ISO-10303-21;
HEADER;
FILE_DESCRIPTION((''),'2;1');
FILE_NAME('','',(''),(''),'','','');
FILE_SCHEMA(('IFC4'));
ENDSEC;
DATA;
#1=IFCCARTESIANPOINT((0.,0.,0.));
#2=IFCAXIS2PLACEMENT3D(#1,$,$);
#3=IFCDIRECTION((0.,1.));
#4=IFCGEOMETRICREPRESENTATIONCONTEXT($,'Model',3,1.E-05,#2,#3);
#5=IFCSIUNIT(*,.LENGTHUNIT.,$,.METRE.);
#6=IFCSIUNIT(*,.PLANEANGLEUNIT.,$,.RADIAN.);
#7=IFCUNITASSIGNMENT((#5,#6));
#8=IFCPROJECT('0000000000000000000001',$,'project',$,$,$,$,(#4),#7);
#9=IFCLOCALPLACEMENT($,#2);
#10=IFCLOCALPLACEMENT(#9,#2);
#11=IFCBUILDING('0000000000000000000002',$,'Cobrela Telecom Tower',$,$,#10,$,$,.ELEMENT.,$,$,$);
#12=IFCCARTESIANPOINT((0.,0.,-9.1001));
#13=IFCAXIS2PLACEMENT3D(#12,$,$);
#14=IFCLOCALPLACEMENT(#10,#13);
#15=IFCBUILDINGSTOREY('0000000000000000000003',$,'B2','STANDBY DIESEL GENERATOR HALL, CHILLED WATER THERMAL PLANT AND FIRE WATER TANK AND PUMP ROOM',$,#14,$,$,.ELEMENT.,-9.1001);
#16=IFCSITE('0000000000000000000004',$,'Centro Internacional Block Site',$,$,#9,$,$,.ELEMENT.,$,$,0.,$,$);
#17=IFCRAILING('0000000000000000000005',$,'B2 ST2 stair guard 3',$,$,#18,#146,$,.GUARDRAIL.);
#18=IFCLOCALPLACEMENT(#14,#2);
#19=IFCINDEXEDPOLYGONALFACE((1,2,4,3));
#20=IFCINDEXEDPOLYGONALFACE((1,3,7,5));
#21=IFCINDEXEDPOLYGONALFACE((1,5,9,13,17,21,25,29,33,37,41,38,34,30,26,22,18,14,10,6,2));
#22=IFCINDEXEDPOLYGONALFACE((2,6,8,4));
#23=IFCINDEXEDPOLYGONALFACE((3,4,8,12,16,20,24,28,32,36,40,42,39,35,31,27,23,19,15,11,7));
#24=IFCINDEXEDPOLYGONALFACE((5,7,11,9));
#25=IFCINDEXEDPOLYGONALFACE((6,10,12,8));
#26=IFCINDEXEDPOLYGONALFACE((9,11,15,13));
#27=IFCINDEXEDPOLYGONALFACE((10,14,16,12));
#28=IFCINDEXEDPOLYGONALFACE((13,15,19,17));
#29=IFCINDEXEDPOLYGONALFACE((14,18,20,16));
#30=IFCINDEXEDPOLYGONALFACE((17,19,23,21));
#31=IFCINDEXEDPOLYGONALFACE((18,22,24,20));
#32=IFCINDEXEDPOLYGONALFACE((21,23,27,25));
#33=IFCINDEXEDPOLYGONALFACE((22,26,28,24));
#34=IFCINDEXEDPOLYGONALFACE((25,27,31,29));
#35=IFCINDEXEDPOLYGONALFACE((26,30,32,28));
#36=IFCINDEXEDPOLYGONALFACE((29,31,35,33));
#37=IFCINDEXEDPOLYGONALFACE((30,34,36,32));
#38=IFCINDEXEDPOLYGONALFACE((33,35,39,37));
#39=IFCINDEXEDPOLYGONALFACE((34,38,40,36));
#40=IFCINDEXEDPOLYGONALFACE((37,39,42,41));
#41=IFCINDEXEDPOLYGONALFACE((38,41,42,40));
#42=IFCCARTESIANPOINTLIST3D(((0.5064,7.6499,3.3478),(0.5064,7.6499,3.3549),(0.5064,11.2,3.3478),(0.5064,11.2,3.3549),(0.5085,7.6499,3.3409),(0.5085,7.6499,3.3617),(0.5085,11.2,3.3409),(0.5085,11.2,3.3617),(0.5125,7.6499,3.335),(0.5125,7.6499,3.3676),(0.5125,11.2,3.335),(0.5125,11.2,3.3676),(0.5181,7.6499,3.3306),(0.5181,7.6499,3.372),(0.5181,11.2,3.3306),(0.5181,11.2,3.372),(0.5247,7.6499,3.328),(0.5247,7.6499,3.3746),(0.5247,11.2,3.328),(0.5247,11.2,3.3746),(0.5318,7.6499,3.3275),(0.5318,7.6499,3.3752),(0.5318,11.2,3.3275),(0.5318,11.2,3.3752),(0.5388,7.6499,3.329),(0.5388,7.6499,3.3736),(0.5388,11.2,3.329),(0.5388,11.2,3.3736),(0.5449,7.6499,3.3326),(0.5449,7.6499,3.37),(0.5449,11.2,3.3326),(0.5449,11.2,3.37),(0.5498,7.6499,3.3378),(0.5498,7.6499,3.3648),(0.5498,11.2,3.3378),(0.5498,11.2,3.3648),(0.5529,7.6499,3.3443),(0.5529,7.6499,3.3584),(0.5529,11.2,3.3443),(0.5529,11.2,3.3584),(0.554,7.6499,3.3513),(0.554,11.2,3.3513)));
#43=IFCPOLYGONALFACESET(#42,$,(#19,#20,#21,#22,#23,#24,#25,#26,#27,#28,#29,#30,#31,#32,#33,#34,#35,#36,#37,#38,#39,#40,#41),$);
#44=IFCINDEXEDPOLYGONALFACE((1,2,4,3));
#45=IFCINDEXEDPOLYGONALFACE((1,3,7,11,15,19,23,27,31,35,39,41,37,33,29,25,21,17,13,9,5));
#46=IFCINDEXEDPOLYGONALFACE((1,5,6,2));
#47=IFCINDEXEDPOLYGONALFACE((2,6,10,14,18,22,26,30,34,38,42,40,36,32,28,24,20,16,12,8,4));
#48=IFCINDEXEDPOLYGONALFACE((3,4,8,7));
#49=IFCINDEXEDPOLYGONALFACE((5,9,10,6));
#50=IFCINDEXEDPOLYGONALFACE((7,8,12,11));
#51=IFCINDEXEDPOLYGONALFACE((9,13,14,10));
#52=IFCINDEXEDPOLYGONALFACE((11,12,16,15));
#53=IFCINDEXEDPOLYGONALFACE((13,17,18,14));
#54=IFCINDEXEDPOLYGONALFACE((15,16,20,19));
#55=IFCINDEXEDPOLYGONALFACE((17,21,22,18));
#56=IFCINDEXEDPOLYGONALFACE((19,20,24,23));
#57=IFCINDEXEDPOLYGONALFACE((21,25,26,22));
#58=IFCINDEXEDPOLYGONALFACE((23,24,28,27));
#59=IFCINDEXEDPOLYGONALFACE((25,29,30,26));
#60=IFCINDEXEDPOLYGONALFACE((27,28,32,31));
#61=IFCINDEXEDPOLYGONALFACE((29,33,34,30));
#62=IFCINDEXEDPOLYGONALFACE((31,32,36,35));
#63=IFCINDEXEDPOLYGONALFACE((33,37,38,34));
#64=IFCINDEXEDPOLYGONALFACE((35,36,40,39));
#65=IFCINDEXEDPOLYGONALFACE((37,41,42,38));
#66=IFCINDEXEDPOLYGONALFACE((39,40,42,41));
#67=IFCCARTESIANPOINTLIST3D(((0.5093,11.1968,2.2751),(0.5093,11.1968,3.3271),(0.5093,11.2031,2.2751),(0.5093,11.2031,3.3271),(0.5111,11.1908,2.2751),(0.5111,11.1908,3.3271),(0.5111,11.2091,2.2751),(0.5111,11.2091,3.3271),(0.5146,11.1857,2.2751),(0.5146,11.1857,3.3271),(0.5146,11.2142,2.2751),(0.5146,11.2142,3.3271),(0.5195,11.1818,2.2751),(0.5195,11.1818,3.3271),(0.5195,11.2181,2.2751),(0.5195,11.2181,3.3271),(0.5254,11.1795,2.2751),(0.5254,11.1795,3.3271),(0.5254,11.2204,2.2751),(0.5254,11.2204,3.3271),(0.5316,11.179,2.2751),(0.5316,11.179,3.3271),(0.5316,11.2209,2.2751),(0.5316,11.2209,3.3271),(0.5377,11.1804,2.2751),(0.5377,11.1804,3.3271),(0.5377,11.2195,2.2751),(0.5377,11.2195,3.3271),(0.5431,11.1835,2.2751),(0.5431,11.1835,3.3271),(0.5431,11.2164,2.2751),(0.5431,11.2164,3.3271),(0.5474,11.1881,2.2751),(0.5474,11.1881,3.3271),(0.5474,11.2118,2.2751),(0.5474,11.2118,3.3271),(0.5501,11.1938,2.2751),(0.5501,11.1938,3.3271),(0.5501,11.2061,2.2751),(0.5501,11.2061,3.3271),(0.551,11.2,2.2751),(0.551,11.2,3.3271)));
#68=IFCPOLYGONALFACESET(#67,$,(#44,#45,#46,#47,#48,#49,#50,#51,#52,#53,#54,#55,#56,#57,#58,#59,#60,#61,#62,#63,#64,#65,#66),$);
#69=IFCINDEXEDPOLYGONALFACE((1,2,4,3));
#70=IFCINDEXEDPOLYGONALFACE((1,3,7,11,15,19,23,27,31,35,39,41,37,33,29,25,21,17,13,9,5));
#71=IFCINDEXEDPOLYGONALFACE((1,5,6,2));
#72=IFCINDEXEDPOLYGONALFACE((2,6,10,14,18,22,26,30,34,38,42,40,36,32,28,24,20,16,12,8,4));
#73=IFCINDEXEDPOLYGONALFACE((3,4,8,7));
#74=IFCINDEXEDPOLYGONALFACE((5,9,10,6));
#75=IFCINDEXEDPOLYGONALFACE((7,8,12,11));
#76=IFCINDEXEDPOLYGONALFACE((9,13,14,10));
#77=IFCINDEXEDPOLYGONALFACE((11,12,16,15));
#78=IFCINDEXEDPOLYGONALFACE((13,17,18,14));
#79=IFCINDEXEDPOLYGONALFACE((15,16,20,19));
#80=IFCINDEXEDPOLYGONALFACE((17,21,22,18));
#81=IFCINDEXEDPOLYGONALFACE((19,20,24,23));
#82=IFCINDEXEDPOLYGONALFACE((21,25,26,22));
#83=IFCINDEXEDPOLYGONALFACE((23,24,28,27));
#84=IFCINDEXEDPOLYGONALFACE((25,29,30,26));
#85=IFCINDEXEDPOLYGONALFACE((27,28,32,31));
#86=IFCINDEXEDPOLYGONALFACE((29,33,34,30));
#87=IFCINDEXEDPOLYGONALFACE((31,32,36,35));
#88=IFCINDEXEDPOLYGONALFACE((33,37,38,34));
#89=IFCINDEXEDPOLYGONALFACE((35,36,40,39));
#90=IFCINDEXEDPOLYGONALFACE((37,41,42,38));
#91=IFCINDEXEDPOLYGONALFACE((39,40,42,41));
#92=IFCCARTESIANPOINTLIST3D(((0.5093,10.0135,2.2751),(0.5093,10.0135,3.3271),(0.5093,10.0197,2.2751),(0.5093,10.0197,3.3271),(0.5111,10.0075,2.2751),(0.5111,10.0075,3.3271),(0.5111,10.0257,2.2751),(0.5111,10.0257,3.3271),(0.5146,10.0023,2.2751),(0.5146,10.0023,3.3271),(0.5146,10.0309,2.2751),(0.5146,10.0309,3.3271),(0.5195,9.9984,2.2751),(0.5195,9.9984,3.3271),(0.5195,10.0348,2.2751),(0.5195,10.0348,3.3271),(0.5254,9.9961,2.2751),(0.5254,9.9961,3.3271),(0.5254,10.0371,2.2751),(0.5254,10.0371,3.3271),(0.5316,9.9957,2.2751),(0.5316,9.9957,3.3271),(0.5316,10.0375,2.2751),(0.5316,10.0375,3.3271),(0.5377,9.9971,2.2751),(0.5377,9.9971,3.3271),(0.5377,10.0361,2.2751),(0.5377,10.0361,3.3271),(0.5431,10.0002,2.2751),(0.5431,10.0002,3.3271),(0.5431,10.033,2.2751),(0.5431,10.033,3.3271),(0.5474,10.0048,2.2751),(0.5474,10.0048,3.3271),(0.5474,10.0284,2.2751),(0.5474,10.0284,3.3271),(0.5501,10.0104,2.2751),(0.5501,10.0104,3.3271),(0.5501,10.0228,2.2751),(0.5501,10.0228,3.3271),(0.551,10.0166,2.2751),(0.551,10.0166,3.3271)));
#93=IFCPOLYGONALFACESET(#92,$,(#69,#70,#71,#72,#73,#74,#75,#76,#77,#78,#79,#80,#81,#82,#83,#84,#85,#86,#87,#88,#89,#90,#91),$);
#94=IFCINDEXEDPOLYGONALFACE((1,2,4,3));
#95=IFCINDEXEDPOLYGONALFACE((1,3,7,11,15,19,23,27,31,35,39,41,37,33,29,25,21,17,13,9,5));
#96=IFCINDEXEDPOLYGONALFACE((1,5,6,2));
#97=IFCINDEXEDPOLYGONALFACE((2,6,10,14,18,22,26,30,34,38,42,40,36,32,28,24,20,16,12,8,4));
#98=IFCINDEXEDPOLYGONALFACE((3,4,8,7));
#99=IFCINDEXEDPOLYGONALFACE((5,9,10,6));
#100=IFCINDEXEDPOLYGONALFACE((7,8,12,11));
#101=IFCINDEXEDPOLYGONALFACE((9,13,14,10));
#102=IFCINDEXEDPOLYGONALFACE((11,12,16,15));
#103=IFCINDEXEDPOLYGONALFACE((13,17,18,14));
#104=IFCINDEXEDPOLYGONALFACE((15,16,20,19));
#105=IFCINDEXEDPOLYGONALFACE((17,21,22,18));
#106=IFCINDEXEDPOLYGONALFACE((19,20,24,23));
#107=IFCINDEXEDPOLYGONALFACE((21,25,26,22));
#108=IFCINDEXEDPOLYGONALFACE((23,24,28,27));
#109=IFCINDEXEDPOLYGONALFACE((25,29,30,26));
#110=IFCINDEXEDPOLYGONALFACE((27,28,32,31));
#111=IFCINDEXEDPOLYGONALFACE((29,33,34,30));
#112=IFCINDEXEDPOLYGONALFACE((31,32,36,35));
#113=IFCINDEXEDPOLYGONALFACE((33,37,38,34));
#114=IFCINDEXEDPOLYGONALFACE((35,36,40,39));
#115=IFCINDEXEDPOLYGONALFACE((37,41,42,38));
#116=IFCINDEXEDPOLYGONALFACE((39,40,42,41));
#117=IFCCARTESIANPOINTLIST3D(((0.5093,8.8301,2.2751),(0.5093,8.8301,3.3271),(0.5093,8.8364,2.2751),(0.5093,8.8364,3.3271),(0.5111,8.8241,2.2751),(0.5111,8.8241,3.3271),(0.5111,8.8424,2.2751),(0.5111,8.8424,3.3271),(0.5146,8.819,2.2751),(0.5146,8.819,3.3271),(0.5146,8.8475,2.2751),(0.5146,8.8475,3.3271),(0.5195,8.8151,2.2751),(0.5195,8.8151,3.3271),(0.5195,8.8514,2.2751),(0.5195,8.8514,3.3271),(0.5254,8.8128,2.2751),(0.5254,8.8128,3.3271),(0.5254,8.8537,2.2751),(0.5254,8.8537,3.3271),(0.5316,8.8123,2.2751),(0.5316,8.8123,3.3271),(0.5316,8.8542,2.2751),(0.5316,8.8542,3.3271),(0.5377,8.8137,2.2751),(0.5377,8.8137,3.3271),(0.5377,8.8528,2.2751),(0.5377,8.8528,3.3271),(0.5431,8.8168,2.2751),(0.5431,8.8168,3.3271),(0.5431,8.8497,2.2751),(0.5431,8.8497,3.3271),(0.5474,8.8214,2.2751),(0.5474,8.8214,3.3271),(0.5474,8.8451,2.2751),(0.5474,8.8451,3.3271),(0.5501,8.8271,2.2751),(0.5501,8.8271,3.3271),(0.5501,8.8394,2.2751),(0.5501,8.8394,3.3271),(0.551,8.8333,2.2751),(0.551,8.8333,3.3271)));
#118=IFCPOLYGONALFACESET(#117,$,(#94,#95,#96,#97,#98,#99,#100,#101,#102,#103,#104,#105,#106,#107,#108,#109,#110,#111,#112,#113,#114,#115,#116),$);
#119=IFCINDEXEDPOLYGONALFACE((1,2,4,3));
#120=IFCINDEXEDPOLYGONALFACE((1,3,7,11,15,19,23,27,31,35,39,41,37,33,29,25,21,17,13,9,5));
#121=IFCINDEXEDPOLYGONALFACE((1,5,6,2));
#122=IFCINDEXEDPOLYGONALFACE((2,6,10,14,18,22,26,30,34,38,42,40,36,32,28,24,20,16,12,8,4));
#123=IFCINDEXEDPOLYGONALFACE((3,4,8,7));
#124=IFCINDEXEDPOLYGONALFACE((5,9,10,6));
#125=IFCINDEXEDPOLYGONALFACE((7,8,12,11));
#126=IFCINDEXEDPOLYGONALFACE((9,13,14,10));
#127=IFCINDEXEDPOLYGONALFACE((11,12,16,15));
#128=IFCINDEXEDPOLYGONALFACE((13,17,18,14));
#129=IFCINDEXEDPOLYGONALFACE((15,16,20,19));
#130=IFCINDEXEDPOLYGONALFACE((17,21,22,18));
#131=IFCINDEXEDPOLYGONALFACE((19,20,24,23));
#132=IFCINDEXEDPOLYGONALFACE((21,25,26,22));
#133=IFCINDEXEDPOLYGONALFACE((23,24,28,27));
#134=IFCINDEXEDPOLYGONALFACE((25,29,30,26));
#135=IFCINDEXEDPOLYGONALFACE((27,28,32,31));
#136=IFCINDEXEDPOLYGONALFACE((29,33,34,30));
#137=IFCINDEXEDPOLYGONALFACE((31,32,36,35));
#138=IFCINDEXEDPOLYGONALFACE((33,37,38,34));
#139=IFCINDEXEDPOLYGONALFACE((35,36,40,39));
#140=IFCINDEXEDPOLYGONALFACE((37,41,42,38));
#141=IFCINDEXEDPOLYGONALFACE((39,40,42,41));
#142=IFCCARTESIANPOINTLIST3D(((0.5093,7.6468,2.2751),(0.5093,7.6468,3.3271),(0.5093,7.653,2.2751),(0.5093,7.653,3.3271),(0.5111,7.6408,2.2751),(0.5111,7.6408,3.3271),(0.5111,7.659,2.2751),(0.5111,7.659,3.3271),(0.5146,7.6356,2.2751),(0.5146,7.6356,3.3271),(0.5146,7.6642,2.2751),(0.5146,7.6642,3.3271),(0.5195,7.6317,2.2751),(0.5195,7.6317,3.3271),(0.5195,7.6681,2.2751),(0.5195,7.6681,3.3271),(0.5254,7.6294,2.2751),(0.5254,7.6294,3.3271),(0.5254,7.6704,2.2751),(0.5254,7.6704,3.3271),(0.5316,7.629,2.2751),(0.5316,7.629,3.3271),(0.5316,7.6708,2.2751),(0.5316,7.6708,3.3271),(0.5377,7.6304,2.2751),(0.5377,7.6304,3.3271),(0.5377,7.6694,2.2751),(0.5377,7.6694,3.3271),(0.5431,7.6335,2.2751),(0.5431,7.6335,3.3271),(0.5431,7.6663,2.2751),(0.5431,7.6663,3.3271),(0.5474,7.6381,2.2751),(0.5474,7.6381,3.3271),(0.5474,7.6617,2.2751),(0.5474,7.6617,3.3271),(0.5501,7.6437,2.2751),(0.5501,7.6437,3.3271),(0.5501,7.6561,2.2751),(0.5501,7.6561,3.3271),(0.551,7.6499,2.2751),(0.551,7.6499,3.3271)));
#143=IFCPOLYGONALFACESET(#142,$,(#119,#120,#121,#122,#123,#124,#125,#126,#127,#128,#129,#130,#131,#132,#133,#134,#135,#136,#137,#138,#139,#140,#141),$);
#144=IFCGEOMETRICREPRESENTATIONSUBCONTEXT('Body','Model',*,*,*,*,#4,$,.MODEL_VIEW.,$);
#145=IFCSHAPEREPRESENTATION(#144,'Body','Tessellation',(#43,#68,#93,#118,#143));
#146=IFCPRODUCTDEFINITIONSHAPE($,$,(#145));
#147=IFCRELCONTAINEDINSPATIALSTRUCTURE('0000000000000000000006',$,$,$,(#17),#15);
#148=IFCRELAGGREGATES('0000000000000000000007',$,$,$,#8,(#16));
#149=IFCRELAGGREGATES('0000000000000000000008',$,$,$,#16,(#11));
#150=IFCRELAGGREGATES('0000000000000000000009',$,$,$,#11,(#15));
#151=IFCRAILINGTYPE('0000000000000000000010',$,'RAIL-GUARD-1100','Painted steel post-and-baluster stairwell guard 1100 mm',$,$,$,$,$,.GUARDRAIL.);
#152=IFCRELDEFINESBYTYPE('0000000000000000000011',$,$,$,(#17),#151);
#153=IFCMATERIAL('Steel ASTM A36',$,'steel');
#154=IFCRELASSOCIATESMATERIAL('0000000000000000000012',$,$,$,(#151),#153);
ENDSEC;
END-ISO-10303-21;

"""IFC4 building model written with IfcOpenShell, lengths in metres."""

from ifc_helpers import new_model, si_unit, direction, frame, origin, origin_2d, place, context, subcontext, project, spatial, circle, extrude, material, type_object, element, save


model = new_model("IFC4")

# Units and contexts
model_context = context("Model", 3, precision=1e-05, world=origin(), true_north=direction((0.0, 1.0)))
body_context = subcontext(model_context, "Body", "Model", "MODEL_VIEW")
ifc_project = project(units=[si_unit("LENGTHUNIT", "METRE"), si_unit("PLANEANGLEUNIT", "RADIAN")], contexts=[model_context])

# Site, building, storey
site_placement = place(None, origin())
site = spatial("IfcSite", under=ifc_project, at=site_placement, Name="Centro Internacional Block Site", CompositionType="ELEMENT", RefElevation=0.0)
building_placement = place(site_placement, origin())
building = spatial("IfcBuilding", under=site, at=building_placement, Name="Cobrela Telecom Tower", CompositionType="ELEMENT")
storey_placement = place(building_placement, frame((0.0, 0.0, -9.1001)))
storey = spatial("IfcBuildingStorey", under=building, at=storey_placement, Name="B2", Description="STANDBY DIESEL GENERATOR HALL, CHILLED WATER THERMAL PLANT AND FIRE WATER TANK AND PUMP ROOM", CompositionType="ELEMENT", Elevation=-9.1001)

# Shared definitions
ifc_material_1 = material(Name="Steel ASTM A36", Category="steel")

# Railing
railing_type_1 = type_object("IfcRailingType", Name="RAIL-GUARD-1100", Description="Painted steel post-and-baluster stairwell guard 1100 mm", PredefinedType="GUARDRAIL", material=ifc_material_1)
railing_1_placement = place(storey_placement, frame((0.53, 11.2, 2.2751)))
element("IfcRailing", 1, at=railing_1_placement, inside=storey, type_object=railing_type_1, Name="B2 ST2 stair guard 3", PredefinedType="GUARDRAIL", context=body_context, shape_type="SweptSolid", body=[
    extrude(circle(Radius=0.0239, at=origin_2d()), frame((0.0, 0.0, 1.0762), z_axis=(0.0, -1.0, 0.0), x_axis=(1.0, 0.0, 0.0)), (0.0, 0.0, 1.0), 3.55),
    extrude(circle(Radius=0.021, at=origin_2d()), origin(), (0.0, 0.0, 1.0), 1.052),
    extrude(circle(Radius=0.021, at=origin_2d()), frame((0.0, -1.1833, 0.0)), (0.0, 0.0, 1.0), 1.052),
    extrude(circle(Radius=0.021, at=origin_2d()), frame((0.0, -2.3667, 0.0)), (0.0, 0.0, 1.0), 1.052),
    extrude(circle(Radius=0.021, at=origin_2d()), frame((0.0, -3.55, 0.0)), (0.0, 0.0, 1.0), 1.052),
])

save(model, "model.ifc")
